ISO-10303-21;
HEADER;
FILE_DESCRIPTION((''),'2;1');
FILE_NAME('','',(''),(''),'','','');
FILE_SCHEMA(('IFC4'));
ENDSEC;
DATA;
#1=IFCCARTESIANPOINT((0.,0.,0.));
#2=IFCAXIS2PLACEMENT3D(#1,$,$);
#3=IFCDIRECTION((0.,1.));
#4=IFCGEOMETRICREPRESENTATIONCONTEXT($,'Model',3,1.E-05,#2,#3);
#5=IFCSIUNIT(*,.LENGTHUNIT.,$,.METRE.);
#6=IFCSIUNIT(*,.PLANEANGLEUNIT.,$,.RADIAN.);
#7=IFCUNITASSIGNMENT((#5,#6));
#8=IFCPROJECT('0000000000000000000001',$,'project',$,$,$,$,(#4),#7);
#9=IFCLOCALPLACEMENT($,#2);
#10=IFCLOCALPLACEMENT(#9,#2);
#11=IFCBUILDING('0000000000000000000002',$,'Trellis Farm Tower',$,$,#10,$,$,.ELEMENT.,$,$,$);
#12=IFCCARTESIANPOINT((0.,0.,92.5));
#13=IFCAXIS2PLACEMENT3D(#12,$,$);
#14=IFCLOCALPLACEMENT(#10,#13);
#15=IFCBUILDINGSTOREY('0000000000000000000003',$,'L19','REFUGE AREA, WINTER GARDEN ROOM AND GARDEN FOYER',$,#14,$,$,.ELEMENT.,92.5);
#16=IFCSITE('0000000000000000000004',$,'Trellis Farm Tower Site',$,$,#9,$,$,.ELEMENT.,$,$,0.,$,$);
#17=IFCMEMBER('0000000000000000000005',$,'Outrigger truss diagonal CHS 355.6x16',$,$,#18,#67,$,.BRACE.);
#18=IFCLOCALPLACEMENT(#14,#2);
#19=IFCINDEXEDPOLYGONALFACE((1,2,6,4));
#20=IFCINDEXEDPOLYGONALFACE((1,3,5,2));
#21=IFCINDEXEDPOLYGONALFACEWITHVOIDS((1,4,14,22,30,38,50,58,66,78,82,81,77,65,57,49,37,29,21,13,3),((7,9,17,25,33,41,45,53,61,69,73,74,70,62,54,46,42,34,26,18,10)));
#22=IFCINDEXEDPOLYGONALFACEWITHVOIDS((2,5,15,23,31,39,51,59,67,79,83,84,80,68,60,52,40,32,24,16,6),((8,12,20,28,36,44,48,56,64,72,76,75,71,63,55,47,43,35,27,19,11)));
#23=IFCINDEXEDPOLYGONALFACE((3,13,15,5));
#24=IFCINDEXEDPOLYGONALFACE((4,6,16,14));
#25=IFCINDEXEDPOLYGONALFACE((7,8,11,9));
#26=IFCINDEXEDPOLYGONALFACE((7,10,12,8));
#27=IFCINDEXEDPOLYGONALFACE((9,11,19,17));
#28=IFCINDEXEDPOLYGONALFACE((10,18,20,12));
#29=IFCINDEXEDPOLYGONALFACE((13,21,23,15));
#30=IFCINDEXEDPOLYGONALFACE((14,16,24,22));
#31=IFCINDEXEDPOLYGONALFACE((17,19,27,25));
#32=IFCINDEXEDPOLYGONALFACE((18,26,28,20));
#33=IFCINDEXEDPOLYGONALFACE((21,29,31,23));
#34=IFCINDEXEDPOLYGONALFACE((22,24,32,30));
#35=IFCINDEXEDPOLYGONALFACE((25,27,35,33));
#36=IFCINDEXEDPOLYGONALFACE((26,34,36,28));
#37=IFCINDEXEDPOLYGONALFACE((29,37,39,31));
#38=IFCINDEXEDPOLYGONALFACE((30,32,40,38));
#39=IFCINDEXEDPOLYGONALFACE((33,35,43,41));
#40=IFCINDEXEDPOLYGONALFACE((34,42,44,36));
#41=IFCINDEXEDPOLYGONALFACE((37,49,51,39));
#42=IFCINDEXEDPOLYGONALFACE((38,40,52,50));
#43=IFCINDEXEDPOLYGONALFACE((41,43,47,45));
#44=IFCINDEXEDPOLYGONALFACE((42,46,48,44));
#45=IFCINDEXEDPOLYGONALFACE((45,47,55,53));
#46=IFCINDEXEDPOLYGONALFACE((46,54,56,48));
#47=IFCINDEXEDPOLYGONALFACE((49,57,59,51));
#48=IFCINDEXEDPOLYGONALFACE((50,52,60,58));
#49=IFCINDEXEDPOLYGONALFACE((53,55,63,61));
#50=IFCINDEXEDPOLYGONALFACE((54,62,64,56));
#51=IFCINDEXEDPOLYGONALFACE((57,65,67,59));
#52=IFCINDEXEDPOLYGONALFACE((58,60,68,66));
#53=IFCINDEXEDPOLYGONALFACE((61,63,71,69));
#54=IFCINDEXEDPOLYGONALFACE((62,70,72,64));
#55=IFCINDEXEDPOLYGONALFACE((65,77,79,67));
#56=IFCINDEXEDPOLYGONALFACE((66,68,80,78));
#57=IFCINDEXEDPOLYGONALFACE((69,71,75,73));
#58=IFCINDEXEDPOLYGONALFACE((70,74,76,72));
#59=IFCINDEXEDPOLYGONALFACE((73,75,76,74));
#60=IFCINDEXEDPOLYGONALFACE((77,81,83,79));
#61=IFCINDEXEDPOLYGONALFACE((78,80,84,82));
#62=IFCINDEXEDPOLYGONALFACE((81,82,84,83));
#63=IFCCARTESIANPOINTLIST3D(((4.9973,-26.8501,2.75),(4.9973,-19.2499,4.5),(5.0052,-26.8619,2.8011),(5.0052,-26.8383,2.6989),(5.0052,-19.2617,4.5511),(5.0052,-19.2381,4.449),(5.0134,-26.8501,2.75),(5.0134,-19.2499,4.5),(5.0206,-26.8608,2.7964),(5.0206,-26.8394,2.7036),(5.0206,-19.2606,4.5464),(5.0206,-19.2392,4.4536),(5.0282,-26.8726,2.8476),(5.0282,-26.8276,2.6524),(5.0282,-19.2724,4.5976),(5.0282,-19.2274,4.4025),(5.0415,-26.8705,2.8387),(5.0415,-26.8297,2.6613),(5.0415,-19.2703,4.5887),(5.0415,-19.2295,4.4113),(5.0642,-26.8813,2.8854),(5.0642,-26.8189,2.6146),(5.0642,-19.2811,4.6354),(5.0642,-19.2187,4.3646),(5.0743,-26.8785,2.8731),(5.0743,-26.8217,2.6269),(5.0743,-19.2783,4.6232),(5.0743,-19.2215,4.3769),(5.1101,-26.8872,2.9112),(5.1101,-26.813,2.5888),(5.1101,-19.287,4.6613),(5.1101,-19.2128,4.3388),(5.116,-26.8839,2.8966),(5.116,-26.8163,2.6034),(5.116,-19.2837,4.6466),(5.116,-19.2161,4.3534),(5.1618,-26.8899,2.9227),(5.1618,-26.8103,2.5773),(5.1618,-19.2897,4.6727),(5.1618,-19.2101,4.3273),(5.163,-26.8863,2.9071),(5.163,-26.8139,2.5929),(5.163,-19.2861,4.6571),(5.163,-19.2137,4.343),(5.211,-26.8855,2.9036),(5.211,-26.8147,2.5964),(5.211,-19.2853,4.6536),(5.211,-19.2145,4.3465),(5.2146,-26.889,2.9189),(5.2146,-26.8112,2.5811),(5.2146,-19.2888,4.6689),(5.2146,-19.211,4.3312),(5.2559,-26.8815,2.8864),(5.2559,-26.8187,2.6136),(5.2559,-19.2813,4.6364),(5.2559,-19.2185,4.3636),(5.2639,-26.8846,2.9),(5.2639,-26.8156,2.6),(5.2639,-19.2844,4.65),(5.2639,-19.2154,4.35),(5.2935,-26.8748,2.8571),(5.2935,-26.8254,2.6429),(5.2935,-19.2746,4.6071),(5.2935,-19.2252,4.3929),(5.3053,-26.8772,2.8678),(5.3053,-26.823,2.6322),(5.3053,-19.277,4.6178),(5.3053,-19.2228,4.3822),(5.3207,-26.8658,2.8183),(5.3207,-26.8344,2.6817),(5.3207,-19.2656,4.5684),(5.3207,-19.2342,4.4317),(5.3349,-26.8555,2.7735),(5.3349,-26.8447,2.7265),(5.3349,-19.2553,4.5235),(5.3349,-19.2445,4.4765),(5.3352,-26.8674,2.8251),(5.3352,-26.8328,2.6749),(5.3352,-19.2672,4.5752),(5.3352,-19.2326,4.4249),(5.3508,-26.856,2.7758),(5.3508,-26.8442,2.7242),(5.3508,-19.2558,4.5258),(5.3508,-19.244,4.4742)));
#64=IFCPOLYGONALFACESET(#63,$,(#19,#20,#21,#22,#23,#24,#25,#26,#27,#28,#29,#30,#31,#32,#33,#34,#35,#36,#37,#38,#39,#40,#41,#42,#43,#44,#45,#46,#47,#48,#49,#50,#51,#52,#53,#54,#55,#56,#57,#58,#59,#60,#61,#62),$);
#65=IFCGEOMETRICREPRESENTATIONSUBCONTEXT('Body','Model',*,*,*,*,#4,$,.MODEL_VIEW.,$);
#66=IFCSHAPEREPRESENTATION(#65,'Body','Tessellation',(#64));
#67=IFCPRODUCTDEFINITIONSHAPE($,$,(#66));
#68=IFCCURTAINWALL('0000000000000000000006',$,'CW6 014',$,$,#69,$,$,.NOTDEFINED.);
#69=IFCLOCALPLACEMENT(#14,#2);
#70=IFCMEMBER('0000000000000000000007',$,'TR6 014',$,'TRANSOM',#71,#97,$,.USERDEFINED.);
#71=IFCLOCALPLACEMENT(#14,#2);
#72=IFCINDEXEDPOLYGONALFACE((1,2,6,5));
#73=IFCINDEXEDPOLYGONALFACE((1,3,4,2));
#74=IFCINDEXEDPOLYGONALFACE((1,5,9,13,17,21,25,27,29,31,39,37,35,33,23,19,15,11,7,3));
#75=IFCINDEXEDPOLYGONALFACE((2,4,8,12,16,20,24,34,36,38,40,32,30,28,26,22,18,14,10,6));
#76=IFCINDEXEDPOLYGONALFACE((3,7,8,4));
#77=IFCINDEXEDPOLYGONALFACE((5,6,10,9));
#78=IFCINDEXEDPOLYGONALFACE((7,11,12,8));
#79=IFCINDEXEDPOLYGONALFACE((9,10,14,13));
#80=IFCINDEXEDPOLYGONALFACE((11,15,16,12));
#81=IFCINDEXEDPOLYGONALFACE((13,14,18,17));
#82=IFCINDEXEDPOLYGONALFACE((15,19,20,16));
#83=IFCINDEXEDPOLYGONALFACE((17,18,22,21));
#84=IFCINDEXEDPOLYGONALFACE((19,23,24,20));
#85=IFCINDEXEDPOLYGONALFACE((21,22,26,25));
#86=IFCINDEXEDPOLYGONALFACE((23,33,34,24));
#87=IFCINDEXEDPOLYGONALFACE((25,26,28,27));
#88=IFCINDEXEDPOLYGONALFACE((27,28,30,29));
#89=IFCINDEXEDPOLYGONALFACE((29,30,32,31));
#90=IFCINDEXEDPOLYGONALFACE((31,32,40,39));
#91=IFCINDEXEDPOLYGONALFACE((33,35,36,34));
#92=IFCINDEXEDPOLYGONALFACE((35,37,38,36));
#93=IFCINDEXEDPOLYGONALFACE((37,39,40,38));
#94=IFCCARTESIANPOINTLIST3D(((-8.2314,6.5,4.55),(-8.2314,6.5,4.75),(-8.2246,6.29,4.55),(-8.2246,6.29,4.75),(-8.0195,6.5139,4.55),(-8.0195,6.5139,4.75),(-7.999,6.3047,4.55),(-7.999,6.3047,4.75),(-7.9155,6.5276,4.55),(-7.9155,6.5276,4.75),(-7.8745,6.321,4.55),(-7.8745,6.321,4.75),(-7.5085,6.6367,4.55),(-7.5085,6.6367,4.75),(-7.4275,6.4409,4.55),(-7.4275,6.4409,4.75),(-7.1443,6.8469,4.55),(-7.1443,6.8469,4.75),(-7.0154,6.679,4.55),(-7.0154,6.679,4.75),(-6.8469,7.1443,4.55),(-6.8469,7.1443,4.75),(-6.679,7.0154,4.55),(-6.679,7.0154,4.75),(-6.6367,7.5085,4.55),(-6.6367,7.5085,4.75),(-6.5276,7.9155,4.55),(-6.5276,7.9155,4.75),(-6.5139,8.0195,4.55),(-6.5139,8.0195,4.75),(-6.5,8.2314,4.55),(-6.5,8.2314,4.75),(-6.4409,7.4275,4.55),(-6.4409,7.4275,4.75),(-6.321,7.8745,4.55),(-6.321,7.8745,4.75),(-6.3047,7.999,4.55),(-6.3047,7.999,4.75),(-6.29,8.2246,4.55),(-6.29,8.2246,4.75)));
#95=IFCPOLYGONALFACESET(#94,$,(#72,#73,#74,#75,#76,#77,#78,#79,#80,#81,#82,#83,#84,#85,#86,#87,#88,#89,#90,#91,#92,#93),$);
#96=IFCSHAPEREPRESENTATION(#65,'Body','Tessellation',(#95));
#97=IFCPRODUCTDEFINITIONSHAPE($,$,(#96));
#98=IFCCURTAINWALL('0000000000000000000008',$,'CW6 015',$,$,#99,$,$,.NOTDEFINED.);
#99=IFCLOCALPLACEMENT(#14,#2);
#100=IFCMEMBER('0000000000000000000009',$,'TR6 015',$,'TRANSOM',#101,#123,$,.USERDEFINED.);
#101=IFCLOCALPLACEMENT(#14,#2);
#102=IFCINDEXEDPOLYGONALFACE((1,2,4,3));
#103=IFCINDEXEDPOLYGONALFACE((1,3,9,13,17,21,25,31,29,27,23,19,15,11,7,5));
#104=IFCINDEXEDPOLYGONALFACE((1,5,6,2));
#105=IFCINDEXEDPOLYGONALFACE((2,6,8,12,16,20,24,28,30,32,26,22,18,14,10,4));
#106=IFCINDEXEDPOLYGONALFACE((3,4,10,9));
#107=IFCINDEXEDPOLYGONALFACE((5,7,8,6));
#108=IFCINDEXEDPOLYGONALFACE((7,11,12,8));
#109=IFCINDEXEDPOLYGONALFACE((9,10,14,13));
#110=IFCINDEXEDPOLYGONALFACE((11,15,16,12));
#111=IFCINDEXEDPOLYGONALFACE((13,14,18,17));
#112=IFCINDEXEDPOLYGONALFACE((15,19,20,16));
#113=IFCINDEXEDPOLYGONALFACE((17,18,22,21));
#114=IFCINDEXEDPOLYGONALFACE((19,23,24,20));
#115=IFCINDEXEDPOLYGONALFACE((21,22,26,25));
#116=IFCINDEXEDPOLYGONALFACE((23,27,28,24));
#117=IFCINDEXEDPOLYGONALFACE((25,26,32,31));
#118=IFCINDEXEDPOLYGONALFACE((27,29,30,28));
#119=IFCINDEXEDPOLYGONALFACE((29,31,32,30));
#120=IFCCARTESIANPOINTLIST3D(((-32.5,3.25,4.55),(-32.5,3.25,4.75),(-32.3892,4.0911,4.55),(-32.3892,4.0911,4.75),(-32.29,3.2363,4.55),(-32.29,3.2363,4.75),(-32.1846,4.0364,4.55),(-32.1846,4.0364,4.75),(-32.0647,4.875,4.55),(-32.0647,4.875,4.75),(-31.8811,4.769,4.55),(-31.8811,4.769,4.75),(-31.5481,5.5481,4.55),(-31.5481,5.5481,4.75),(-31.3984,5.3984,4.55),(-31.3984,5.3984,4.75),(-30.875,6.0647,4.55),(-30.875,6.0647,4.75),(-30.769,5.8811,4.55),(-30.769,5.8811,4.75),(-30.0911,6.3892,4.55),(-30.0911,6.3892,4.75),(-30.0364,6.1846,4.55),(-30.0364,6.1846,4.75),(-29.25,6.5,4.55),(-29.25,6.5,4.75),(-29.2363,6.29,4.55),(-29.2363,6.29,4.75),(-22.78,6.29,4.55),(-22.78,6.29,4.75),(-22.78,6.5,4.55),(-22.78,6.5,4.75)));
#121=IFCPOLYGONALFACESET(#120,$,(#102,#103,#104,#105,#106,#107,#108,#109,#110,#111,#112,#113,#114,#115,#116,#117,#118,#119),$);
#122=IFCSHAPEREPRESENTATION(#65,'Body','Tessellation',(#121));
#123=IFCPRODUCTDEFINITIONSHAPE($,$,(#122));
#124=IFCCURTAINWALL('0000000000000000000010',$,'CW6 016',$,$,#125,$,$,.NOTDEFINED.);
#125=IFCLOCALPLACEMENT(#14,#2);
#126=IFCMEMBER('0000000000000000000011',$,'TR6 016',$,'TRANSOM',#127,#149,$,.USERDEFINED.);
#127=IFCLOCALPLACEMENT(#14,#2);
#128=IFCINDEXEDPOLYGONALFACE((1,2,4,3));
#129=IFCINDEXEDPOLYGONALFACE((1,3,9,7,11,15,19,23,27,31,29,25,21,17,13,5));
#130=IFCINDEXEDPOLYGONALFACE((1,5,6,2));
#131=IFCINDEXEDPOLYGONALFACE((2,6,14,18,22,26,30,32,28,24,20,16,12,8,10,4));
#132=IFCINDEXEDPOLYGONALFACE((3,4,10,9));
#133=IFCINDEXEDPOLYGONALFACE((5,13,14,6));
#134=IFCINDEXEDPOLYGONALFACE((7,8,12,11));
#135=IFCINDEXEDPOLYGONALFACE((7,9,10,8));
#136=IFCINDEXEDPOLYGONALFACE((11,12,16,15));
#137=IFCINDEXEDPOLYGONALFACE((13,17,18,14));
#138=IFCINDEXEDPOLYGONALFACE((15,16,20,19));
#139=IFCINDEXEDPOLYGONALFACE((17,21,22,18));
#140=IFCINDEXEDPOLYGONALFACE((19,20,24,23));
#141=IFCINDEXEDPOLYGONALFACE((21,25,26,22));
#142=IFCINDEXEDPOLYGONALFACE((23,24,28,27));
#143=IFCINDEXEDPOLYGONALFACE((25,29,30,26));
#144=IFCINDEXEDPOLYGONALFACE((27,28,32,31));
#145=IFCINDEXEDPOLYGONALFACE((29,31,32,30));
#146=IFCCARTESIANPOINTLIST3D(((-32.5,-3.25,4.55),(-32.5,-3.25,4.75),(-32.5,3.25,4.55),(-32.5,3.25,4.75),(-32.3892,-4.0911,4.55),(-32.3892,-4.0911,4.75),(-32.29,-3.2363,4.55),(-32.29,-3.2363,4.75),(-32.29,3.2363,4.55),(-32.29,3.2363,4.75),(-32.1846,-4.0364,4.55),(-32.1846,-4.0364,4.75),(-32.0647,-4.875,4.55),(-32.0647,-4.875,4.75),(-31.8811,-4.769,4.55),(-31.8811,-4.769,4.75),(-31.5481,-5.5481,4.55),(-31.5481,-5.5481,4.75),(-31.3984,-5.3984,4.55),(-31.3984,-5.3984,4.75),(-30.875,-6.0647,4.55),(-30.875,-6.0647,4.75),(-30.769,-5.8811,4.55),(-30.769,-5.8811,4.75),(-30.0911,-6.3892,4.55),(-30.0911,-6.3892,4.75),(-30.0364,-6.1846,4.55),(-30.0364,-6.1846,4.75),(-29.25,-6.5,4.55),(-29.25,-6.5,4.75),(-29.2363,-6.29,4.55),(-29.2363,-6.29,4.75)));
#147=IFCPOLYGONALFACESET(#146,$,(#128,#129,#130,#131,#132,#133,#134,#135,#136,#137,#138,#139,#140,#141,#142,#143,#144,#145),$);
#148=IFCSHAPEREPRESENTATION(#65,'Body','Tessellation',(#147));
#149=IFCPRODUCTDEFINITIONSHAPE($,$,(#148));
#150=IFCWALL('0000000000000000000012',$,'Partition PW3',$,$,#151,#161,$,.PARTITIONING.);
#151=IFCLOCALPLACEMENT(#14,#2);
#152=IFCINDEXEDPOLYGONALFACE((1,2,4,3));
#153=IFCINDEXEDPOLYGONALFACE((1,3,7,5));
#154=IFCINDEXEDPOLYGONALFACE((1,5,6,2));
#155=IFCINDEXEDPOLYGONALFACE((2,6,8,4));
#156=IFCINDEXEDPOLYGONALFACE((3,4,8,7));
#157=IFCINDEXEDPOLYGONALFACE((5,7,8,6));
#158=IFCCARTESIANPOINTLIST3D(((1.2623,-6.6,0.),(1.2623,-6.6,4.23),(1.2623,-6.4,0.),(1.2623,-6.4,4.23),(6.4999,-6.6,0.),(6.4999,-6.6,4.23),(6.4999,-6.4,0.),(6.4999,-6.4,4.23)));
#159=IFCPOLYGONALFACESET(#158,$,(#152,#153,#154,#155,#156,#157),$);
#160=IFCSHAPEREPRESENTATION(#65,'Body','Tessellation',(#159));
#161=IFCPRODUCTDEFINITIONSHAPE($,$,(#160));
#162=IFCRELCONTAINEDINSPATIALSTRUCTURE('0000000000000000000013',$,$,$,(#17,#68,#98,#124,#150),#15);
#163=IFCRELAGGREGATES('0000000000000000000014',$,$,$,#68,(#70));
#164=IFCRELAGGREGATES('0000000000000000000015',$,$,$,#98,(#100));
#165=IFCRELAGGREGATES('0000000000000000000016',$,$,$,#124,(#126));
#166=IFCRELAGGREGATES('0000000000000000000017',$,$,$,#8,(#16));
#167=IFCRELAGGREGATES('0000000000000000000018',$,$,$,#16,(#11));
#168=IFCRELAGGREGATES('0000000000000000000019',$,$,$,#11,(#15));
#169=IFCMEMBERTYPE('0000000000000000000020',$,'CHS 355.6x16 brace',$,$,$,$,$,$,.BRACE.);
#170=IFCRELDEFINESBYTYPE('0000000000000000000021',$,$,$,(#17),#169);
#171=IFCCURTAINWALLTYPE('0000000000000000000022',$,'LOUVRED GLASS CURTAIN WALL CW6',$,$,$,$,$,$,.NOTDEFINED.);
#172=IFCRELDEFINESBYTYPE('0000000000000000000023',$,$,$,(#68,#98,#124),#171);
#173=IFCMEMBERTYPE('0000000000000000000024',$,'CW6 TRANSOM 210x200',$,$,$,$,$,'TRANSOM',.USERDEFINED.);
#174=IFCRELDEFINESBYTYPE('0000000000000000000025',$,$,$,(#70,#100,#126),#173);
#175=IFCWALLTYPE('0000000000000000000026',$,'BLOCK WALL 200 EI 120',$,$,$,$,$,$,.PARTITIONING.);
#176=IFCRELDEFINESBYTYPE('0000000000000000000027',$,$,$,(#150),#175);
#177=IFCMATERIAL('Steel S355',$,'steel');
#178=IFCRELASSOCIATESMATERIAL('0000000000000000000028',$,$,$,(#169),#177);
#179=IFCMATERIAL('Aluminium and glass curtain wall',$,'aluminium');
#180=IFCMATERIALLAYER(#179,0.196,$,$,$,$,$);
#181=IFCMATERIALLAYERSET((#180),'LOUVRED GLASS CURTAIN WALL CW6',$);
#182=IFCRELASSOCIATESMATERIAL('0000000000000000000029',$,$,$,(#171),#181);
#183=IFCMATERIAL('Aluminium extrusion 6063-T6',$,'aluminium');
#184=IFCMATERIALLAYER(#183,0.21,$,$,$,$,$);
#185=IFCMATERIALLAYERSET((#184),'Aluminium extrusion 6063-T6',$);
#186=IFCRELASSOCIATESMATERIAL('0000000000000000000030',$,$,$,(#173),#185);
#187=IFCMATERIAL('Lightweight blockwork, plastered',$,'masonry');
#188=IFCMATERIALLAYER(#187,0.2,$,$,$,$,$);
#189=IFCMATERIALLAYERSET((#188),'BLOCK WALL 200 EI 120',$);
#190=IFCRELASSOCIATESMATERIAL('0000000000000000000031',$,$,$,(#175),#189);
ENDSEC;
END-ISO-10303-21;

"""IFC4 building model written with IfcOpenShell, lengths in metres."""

from ifc_helpers import new_model, si_unit, direction, frame, frame_2d, origin, origin_2d, place, context, subcontext, project, spatial, polyline, rectangle, hollow_circle, outline, extrude, source, transform, mapped, material, layer, layer_set, material_profile, profile_set, type_object, element, aggregate, save


model = new_model("IFC4")

# Units and contexts
model_context = context("Model", 3, precision=1e-05, world=origin(), true_north=direction((0.0, 1.0)))
body_context = subcontext(model_context, "Body", "Model", "MODEL_VIEW")
ifc_project = project(units=[si_unit("LENGTHUNIT", "METRE"), si_unit("PLANEANGLEUNIT", "RADIAN")], contexts=[model_context])

# Site, building, storey
site_placement = place(None, origin())
site = spatial("IfcSite", under=ifc_project, at=site_placement, Name="Trellis Farm Tower Site", CompositionType="ELEMENT", RefElevation=0.0)
building_placement = place(site_placement, origin())
building = spatial("IfcBuilding", under=site, at=building_placement, Name="Trellis Farm Tower", CompositionType="ELEMENT")
storey_placement = place(building_placement, frame((0.0, 0.0, 92.5)))
storey = spatial("IfcBuildingStorey", under=building, at=storey_placement, Name="L19", Description="REFUGE AREA, WINTER GARDEN ROOM AND GARDEN FOYER", CompositionType="ELEMENT", Elevation=92.5)

# Shared definitions
ifc_material_1 = material(Name="Steel S355", Category="steel")

# Member
ifc_material_profile_1 = material_profile(ifc_material_1, hollow_circle(Radius=0.1777, WallThickness=0.0161, at=origin_2d()), Name="CHS 355.6x16")
ifc_profile_set_1 = profile_set([ifc_material_profile_1], Name="Steel S355")
member_type_1 = type_object("IfcMemberType", Name="CHS 355.6x16 brace", PredefinedType="BRACE", material=ifc_profile_set_1)
shared_shape_1 = source(origin(), body_context, "Body", "SweptSolid", [
    extrude(hollow_circle(Radius=0.1777, WallThickness=0.0161, at=origin_2d()), origin(), (0.0, 0.0, 1.0), 7.7991),
])
member_1_placement = place(storey_placement, frame((5.175, -26.8501, 2.75), z_axis=(0.0, 0.9745, 0.224389), x_axis=(-1.0, 0.0, 0.0)))
element("IfcMember", 1, at=member_1_placement, inside=storey, type_object=member_type_1, Name="Outrigger truss diagonal CHS 355.6x16", PredefinedType="BRACE", context=body_context, shape_type="MappedRepresentation", body=[
    mapped(shared_shape_1, transform((0.0, 0.0, 0.0))),
])

# Curtain walls, members
ifc_material_2 = material(Name="Aluminium and glass curtain wall", Category="aluminium")
ifc_layer_1 = layer(ifc_material_2, 0.196)
ifc_layer_set_1 = layer_set([ifc_layer_1], Name="LOUVRED GLASS CURTAIN WALL CW6")
curtain_wall_type = type_object("IfcCurtainWallType", Name="LOUVRED GLASS CURTAIN WALL CW6", PredefinedType="NOTDEFINED", material=ifc_layer_set_1)
placement_1 = place(storey_placement, origin())
curtain_wall_1 = element("IfcCurtainWall", 2, at=placement_1, inside=storey, type_object=curtain_wall_type, Name="CW6 014", PredefinedType="NOTDEFINED")
ifc_material_3 = material(Name="Aluminium extrusion 6063-T6", Category="aluminium")
ifc_layer_2 = layer(ifc_material_3, 0.21)
ifc_layer_set_2 = layer_set([ifc_layer_2], Name="Aluminium extrusion 6063-T6")
member_type_2 = type_object("IfcMemberType", Name="CW6 TRANSOM 210x200", ElementType="TRANSOM", PredefinedType="USERDEFINED", material=ifc_layer_set_2)
shared_shape_2 = source(origin(), body_context, "Body", "SweptSolid", [
    extrude(outline(polyline([(-6.5, 8.2314), (-6.5139, 8.0195), (-6.5276, 7.9155), (-6.6367, 7.5085), (-6.8469, 7.1443), (-7.1443, 6.8469), (-7.5085, 6.6367), (-7.9155, 6.5276), (-8.0195, 6.5139), (-8.2314, 6.5), (-8.2246, 6.29), (-7.999, 6.3047), (-7.8745, 6.321), (-7.4275, 6.4409), (-7.0154, 6.679), (-6.679, 7.0154), (-6.4409, 7.4275), (-6.321, 7.8745), (-6.3047, 7.999), (-6.29, 8.2246), (-6.5, 8.2314)])), origin(), (0.0, 0.0, 1.0), 0.2),
])
placement_2 = place(storey_placement, frame((0.0, 0.0, 4.55)))
member_2 = element("IfcMember", 3, at=placement_2, type_object=member_type_2, Name="TR6 014", ObjectType="TRANSOM", PredefinedType="USERDEFINED", context=body_context, shape_type="MappedRepresentation", body=[
    mapped(shared_shape_2, transform((0.0, 0.0, 0.0))),
])
curtain_wall_2 = element("IfcCurtainWall", 4, at=placement_1, inside=storey, type_object=curtain_wall_type, Name="CW6 015", PredefinedType="NOTDEFINED")
shared_shape_3 = source(origin(), body_context, "Body", "SweptSolid", [
    extrude(outline(polyline([(-22.78, 6.5), (-29.25, 6.5), (-30.0911, 6.3892), (-30.875, 6.0647), (-31.5481, 5.5481), (-32.0647, 4.875), (-32.3892, 4.0911), (-32.5, 3.25), (-32.29, 3.2363), (-32.1846, 4.0364), (-31.8811, 4.769), (-31.3984, 5.3984), (-30.769, 5.8811), (-30.0364, 6.1846), (-29.2363, 6.29), (-22.78, 6.29), (-22.78, 6.5)])), origin(), (0.0, 0.0, 1.0), 0.2),
])
member_3 = element("IfcMember", 5, at=placement_2, type_object=member_type_2, Name="TR6 015", ObjectType="TRANSOM", PredefinedType="USERDEFINED", context=body_context, shape_type="MappedRepresentation", body=[
    mapped(shared_shape_3, transform((0.0, 0.0, 0.0))),
])
curtain_wall_3 = element("IfcCurtainWall", 6, at=placement_1, inside=storey, type_object=curtain_wall_type, Name="CW6 016", PredefinedType="NOTDEFINED")
shared_shape_4 = source(origin(), body_context, "Body", "SweptSolid", [
    extrude(outline(polyline([(-32.5, 3.25), (-32.5, -3.25), (-32.3892, -4.0911), (-32.0647, -4.875), (-31.5481, -5.5481), (-30.875, -6.0647), (-30.0911, -6.3892), (-29.25, -6.5), (-29.2363, -6.29), (-30.0364, -6.1846), (-30.769, -5.8811), (-31.3984, -5.3984), (-31.8811, -4.769), (-32.1846, -4.0364), (-32.29, -3.2363), (-32.29, 3.2363), (-32.5, 3.25)])), origin(), (0.0, 0.0, 1.0), 0.2),
])
member_4 = element("IfcMember", 7, at=placement_2, type_object=member_type_2, Name="TR6 016", ObjectType="TRANSOM", PredefinedType="USERDEFINED", context=body_context, shape_type="MappedRepresentation", body=[
    mapped(shared_shape_4, transform((0.0, 0.0, 0.0))),
])

# Wall
ifc_material_4 = material(Name="Lightweight blockwork, plastered", Category="masonry")
ifc_layer_3 = layer(ifc_material_4, 0.2)
ifc_layer_set_3 = layer_set([ifc_layer_3], Name="BLOCK WALL 200 EI 120")
wall_type_1 = type_object("IfcWallType", Name="BLOCK WALL 200 EI 120", PredefinedType="PARTITIONING", material=ifc_layer_set_3)
wall_1_placement = place(storey_placement, frame((1.2625, -6.5, 0.0), z_axis=(0.0, 0.0, 1.0), x_axis=(1.0, 0.0, 0.0)))
element("IfcWall", 8, at=wall_1_placement, inside=storey, type_object=wall_type_1, Name="Partition PW3", PredefinedType="PARTITIONING", context=body_context, shape_type="SweptSolid", body=[
    extrude(rectangle(XDim=5.2375, YDim=0.2, at=frame_2d((2.6187, 0.0))), origin(), (0.0, 0.0, 1.0), 4.23),
])

aggregate(curtain_wall_1, [member_2])
aggregate(curtain_wall_2, [member_3])
aggregate(curtain_wall_3, [member_4])

save(model, "model.ifc")
